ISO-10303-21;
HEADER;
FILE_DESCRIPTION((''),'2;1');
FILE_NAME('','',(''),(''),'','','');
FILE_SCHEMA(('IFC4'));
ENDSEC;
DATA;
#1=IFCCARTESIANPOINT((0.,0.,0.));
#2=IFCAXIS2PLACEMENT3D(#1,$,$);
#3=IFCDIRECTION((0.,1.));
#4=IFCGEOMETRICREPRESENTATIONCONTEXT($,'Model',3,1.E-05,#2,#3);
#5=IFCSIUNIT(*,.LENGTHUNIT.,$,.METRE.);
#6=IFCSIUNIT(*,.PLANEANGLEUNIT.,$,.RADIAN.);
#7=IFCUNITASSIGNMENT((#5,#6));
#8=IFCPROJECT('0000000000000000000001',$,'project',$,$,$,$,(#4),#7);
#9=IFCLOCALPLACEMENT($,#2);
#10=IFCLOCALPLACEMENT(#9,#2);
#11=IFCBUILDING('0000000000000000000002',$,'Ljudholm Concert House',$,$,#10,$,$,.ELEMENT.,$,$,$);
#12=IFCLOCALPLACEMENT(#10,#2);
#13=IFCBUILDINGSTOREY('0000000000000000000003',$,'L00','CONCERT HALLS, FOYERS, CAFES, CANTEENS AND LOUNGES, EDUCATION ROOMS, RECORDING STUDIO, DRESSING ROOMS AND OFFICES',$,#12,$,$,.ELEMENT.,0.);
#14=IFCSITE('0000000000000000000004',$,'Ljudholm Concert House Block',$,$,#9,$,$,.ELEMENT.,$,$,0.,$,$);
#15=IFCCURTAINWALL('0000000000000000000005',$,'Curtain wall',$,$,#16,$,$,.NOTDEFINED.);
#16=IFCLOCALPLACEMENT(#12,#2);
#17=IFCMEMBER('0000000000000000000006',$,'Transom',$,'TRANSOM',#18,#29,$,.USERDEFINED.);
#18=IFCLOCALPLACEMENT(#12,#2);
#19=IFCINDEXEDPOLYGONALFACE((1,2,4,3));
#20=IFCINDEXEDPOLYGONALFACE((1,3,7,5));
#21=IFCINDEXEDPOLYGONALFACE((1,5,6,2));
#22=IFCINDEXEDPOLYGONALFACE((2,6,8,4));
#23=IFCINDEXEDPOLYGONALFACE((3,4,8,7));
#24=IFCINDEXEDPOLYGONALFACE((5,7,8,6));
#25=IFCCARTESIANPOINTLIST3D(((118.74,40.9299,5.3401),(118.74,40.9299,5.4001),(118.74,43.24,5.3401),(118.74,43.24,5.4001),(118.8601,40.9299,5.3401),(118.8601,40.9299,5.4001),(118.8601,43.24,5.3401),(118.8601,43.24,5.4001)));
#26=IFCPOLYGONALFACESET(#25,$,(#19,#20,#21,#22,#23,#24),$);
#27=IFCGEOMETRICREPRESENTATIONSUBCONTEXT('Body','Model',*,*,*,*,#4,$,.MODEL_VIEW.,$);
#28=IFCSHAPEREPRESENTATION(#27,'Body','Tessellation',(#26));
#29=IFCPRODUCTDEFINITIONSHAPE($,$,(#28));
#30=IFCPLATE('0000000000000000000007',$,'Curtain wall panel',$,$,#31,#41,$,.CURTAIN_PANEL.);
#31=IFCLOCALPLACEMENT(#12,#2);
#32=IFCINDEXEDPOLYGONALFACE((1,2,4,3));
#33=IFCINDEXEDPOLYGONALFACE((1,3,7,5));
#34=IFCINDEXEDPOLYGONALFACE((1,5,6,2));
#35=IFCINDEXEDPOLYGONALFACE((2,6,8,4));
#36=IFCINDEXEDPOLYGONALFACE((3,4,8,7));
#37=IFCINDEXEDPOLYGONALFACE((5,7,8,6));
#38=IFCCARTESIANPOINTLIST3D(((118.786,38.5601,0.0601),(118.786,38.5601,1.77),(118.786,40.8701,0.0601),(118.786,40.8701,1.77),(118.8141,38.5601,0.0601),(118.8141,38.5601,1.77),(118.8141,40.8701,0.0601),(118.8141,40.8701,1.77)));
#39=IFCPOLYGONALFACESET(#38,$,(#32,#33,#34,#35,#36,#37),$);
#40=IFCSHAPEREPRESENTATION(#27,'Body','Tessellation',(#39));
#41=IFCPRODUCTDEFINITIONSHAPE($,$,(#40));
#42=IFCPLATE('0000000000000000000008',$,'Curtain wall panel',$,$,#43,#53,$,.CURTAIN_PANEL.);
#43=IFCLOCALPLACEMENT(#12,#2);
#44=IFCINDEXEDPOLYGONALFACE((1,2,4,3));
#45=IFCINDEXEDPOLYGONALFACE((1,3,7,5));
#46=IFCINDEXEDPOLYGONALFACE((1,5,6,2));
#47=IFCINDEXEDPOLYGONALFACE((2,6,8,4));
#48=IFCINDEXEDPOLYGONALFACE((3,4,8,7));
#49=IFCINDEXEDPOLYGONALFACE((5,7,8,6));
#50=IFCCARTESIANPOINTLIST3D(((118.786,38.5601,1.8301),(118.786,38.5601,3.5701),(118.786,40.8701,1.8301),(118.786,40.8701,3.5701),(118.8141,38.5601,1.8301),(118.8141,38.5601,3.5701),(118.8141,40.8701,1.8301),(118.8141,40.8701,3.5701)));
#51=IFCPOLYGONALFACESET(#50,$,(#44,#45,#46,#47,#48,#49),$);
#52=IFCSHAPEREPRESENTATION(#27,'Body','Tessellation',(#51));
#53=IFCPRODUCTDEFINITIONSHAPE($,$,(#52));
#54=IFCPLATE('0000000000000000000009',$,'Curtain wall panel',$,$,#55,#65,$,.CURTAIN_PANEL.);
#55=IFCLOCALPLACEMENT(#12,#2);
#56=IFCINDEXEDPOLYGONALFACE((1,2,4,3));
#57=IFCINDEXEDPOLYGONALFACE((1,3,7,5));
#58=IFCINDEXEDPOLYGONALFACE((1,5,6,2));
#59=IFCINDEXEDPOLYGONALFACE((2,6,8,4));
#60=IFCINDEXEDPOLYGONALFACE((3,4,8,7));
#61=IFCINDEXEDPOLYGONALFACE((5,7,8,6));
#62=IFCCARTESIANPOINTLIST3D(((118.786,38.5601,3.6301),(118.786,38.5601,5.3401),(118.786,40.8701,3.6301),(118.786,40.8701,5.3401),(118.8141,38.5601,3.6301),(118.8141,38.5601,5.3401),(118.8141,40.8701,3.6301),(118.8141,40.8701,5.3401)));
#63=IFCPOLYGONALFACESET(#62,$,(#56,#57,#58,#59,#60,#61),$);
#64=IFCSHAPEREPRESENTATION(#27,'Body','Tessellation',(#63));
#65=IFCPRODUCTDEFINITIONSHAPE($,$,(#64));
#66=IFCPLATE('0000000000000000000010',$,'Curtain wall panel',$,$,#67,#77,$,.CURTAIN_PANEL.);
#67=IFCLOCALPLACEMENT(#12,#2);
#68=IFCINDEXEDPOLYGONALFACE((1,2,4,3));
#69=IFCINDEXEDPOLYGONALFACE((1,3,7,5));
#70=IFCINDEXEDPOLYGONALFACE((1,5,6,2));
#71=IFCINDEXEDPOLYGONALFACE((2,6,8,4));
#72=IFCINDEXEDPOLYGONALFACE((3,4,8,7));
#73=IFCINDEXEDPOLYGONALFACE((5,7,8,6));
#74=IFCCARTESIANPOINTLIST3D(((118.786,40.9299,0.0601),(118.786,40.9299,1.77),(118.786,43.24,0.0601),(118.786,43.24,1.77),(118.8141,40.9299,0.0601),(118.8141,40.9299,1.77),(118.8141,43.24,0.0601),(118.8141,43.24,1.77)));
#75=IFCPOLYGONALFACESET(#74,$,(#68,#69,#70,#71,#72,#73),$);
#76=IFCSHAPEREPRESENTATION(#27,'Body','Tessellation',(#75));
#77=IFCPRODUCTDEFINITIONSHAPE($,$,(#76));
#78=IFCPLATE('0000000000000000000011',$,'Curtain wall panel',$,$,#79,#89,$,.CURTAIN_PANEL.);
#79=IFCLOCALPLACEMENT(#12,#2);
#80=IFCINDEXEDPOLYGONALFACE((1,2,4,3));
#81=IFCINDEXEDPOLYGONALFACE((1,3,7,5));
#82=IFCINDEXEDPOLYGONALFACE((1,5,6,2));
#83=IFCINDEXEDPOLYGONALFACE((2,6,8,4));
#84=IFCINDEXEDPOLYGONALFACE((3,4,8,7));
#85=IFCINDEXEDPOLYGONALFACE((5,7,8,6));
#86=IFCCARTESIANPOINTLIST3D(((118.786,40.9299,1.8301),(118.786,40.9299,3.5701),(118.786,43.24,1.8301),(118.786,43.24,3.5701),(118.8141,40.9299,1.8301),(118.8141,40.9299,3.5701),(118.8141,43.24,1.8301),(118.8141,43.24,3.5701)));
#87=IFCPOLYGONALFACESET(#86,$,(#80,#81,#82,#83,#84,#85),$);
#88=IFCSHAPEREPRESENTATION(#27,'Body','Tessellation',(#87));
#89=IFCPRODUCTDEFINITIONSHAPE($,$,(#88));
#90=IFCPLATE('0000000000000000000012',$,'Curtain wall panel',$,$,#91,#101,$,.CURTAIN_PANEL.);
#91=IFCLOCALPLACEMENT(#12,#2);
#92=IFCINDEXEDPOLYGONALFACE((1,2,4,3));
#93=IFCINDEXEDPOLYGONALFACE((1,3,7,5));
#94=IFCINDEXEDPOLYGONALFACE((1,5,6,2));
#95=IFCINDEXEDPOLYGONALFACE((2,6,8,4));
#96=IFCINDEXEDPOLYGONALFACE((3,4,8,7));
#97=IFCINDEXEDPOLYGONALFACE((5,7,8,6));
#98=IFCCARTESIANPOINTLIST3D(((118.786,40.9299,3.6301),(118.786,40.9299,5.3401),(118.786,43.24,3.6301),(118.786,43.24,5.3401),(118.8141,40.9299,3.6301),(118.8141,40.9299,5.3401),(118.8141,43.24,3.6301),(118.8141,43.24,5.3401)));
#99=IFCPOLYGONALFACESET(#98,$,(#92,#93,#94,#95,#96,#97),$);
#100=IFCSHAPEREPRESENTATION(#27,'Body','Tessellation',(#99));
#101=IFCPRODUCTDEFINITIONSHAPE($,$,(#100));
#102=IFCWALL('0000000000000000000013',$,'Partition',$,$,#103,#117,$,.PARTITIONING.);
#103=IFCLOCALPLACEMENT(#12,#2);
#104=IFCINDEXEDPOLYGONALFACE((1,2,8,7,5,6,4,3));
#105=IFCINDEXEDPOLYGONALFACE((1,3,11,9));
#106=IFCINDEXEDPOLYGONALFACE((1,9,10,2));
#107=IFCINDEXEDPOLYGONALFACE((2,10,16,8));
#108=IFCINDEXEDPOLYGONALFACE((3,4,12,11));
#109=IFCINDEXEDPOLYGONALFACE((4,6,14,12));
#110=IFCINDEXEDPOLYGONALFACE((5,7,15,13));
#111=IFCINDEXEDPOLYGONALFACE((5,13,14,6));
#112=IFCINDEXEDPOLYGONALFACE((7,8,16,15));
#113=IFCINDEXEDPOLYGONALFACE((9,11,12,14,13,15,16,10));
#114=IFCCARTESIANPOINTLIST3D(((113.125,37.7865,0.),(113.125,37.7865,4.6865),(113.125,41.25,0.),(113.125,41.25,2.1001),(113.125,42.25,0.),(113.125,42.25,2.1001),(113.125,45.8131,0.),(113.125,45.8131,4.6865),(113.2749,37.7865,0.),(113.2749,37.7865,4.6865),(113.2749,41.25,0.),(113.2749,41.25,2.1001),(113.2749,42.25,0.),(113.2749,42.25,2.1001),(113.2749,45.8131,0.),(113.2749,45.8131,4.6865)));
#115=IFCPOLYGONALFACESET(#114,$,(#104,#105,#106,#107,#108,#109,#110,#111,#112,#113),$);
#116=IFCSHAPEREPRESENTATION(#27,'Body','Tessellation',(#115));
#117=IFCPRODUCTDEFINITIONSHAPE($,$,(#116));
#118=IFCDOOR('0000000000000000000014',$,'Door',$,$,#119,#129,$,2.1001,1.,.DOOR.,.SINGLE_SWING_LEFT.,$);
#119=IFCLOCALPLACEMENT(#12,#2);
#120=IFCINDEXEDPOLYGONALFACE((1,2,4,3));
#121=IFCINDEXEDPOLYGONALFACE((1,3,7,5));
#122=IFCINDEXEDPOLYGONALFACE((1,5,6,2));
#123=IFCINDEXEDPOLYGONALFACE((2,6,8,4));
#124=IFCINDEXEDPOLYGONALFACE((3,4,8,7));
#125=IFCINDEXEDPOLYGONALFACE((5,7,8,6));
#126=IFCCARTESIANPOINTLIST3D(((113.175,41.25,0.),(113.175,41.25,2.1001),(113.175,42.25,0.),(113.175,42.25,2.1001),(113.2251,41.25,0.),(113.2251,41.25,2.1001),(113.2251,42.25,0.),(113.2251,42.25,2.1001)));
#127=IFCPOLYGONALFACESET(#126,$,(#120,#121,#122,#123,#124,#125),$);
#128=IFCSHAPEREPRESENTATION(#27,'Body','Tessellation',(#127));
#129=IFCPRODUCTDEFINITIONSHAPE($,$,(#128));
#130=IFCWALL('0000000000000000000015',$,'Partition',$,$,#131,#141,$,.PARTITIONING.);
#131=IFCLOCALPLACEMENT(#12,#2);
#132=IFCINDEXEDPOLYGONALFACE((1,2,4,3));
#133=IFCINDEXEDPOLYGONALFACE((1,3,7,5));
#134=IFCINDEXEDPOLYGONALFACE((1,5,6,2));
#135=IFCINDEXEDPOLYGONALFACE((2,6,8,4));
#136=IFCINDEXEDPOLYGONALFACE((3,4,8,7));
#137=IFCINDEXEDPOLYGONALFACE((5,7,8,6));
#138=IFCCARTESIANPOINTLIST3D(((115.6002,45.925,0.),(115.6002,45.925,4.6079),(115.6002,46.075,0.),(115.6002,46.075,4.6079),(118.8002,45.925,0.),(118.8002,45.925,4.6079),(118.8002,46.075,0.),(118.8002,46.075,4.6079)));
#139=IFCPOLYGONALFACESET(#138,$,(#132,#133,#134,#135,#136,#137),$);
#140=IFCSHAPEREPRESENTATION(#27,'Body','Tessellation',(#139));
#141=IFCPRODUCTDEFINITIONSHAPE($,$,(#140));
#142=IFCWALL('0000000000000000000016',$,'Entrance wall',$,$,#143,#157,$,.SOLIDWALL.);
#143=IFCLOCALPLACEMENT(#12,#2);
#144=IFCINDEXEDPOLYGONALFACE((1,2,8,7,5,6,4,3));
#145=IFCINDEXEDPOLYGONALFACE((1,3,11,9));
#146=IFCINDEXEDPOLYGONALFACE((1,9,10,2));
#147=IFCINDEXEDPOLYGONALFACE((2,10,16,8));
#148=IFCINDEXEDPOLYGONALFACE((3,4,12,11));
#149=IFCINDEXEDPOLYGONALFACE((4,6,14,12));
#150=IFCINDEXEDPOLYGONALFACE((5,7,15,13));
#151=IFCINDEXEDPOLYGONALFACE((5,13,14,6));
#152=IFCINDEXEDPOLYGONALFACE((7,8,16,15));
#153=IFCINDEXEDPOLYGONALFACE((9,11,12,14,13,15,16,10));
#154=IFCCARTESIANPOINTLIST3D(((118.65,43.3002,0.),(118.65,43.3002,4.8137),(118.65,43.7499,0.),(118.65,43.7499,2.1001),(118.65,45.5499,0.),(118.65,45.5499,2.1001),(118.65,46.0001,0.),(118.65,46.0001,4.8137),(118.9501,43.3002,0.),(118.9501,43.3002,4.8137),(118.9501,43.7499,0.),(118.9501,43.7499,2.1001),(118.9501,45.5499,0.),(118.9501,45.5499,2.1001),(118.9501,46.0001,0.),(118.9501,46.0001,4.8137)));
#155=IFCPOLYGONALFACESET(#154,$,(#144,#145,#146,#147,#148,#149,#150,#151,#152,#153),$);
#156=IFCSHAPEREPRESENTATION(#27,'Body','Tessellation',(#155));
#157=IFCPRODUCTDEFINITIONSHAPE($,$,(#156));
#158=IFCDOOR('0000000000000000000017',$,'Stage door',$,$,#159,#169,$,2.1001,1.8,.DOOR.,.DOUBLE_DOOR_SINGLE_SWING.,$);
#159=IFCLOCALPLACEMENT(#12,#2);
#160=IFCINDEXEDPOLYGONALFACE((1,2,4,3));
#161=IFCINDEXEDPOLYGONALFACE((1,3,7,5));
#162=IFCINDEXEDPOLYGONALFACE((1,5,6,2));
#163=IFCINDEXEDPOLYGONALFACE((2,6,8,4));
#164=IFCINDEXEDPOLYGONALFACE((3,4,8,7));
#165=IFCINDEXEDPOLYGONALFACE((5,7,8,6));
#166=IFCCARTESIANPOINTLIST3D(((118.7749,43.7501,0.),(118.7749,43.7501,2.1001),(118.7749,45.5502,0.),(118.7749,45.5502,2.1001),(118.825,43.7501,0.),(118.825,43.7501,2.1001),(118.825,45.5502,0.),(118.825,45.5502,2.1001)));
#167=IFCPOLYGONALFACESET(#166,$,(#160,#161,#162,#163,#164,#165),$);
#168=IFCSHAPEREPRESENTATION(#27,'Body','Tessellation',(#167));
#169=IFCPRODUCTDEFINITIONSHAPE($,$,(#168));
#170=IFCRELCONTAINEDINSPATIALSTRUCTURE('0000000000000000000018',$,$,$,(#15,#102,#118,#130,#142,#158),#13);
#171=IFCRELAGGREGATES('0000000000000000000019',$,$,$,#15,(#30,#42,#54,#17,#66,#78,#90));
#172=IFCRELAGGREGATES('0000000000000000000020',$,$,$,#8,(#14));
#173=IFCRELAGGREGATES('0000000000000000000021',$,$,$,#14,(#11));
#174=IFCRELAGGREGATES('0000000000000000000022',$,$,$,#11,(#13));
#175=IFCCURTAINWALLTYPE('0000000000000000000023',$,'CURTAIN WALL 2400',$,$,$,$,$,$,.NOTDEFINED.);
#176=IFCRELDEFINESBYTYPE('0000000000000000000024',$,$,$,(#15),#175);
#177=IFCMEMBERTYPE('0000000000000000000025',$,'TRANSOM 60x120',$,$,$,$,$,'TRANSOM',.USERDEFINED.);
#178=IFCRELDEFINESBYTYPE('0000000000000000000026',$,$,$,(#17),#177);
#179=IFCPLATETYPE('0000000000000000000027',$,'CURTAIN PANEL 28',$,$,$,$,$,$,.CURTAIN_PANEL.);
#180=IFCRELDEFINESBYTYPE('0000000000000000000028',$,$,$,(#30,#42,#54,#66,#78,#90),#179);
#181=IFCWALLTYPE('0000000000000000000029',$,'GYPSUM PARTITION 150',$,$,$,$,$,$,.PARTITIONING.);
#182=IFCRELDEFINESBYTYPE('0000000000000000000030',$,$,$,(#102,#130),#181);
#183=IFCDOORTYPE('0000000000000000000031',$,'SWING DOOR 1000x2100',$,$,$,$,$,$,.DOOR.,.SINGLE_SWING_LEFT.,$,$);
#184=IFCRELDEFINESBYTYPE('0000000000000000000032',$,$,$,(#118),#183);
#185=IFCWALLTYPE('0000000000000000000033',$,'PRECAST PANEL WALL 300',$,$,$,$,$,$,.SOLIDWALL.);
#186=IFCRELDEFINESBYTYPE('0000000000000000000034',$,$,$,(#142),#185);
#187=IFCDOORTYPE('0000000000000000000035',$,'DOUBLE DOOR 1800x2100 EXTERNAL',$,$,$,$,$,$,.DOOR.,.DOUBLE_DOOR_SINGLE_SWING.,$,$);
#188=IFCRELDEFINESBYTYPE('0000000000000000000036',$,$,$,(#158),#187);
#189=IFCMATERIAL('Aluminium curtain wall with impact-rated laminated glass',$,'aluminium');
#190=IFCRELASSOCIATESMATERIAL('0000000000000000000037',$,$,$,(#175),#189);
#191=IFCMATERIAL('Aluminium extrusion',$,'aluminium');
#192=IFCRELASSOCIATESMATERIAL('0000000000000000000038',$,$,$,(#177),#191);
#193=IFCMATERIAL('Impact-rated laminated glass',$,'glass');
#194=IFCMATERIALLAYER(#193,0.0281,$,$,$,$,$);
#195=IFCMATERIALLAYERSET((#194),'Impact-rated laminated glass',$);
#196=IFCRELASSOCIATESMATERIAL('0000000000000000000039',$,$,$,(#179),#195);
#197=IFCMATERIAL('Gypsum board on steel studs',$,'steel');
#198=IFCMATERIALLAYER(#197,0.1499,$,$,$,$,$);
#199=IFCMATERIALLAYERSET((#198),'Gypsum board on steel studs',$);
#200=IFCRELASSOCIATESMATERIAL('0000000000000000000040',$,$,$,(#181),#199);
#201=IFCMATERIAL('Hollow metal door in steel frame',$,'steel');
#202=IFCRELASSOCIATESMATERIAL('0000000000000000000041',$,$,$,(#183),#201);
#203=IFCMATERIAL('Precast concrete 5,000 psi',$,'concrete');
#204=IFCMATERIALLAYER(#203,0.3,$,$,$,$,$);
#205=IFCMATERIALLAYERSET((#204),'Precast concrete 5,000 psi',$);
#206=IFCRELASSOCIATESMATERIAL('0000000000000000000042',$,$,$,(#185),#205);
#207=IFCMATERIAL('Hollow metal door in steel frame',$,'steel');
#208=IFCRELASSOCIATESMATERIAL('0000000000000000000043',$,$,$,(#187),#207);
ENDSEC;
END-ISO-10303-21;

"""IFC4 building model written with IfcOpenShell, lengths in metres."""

from ifc_helpers import new_model, si_unit, direction, frame, frame_2d, origin, origin_2d, place, context, subcontext, project, spatial, rectangle, extrude, material, layer, layer_set, material_profile, profile_set, type_object, element, fill, aggregate, save


model = new_model("IFC4")

# Units and contexts
model_context = context("Model", 3, precision=1e-05, world=origin(), true_north=direction((0.0, 1.0)))
body_context = subcontext(model_context, "Body", "Model", "MODEL_VIEW")
ifc_project = project(units=[si_unit("LENGTHUNIT", "METRE"), si_unit("PLANEANGLEUNIT", "RADIAN")], contexts=[model_context])

# Site, building, storey
site_placement = place(None, origin())
site = spatial("IfcSite", under=ifc_project, at=site_placement, Name="Ljudholm Concert House Block", CompositionType="ELEMENT", RefElevation=0.0)
building_placement = place(site_placement, origin())
building = spatial("IfcBuilding", under=site, at=building_placement, Name="Ljudholm Concert House", CompositionType="ELEMENT")
storey_placement = place(building_placement, origin())
storey = spatial("IfcBuildingStorey", under=building, at=storey_placement, Name="L00", Description="CONCERT HALLS, FOYERS, CAFES, CANTEENS AND LOUNGES, EDUCATION ROOMS, RECORDING STUDIO, DRESSING ROOMS AND OFFICES", CompositionType="ELEMENT", Elevation=0.0)

# Curtain wall
ifc_material_1 = material(Name="Aluminium curtain wall with impact-rated laminated glass", Category="aluminium")
curtain_wall_type = type_object("IfcCurtainWallType", Name="CURTAIN WALL 2400", PredefinedType="NOTDEFINED", material=ifc_material_1)
curtain_wall_placement = place(storey_placement, origin())
curtain_wall = element("IfcCurtainWall", 1, at=curtain_wall_placement, inside=storey, type_object=curtain_wall_type, Name="Curtain wall", PredefinedType="NOTDEFINED")

# Member
ifc_material_2 = material(Name="Aluminium extrusion", Category="aluminium")
ifc_material_profile_1 = material_profile(ifc_material_2, rectangle(XDim=0.1201, YDim=0.0601, at=origin_2d()), Name="TRANSOM 60x120")
ifc_profile_set_1 = profile_set([ifc_material_profile_1], Name="Aluminium extrusion")
member_type_1 = type_object("IfcMemberType", Name="TRANSOM 60x120", ElementType="TRANSOM", PredefinedType="USERDEFINED", material=ifc_profile_set_1)
member_1_placement = place(storey_placement, frame((118.8, 40.9299, 5.3701), z_axis=(0.0, 1.0, 0.0), x_axis=(-1.0, 0.0, 0.0)))
member_1 = element("IfcMember", 2, at=member_1_placement, type_object=member_type_1, Name="Transom", ObjectType="TRANSOM", PredefinedType="USERDEFINED", context=body_context, shape_type="SweptSolid", body=[
    extrude(rectangle(XDim=0.1201, YDim=0.0601, at=origin_2d()), origin(), (0.0, 0.0, 1.0), 2.3101),
])

# Plates
ifc_material_3 = material(Name="Impact-rated laminated glass", Category="glass")
ifc_layer_1 = layer(ifc_material_3, 0.0281)
ifc_layer_set_1 = layer_set([ifc_layer_1], Name="Impact-rated laminated glass")
plate_type = type_object("IfcPlateType", Name="CURTAIN PANEL 28", PredefinedType="CURTAIN_PANEL", material=ifc_layer_set_1)
plate_1_placement = place(storey_placement, frame((118.8, 39.7151, 0.0601), z_axis=(0.0, 0.0, 1.0), x_axis=(0.0, 1.0, 0.0)))
plate_1 = element("IfcPlate", 3, at=plate_1_placement, type_object=plate_type, Name="Curtain wall panel", PredefinedType="CURTAIN_PANEL", context=body_context, shape_type="SweptSolid", body=[
    extrude(rectangle(XDim=2.3101, YDim=0.0281, at=origin_2d()), origin(), (0.0, 0.0, 1.0), 1.71),
])
plate_2_placement = place(storey_placement, frame((118.8, 39.7151, 1.8301), z_axis=(0.0, 0.0, 1.0), x_axis=(0.0, 1.0, 0.0)))
plate_2 = element("IfcPlate", 4, at=plate_2_placement, type_object=plate_type, Name="Curtain wall panel", PredefinedType="CURTAIN_PANEL", context=body_context, shape_type="SweptSolid", body=[
    extrude(rectangle(XDim=2.3101, YDim=0.0281, at=origin_2d()), origin(), (0.0, 0.0, 1.0), 1.74),
])
plate_3_placement = place(storey_placement, frame((118.8, 39.7151, 3.6301), z_axis=(0.0, 0.0, 1.0), x_axis=(0.0, 1.0, 0.0)))
plate_3 = element("IfcPlate", 5, at=plate_3_placement, type_object=plate_type, Name="Curtain wall panel", PredefinedType="CURTAIN_PANEL", context=body_context, shape_type="SweptSolid", body=[
    extrude(rectangle(XDim=2.3101, YDim=0.0281, at=origin_2d()), origin(), (0.0, 0.0, 1.0), 1.71),
])
plate_4_placement = place(storey_placement, frame((118.8, 42.085, 0.0601), z_axis=(0.0, 0.0, 1.0), x_axis=(0.0, 1.0, 0.0)))
plate_4 = element("IfcPlate", 6, at=plate_4_placement, type_object=plate_type, Name="Curtain wall panel", PredefinedType="CURTAIN_PANEL", context=body_context, shape_type="SweptSolid", body=[
    extrude(rectangle(XDim=2.3101, YDim=0.0281, at=origin_2d()), origin(), (0.0, 0.0, 1.0), 1.71),
])
plate_5_placement = place(storey_placement, frame((118.8, 42.085, 1.8301), z_axis=(0.0, 0.0, 1.0), x_axis=(0.0, 1.0, 0.0)))
plate_5 = element("IfcPlate", 7, at=plate_5_placement, type_object=plate_type, Name="Curtain wall panel", PredefinedType="CURTAIN_PANEL", context=body_context, shape_type="SweptSolid", body=[
    extrude(rectangle(XDim=2.3101, YDim=0.0281, at=origin_2d()), origin(), (0.0, 0.0, 1.0), 1.74),
])
plate_6_placement = place(storey_placement, frame((118.8, 42.085, 3.6301), z_axis=(0.0, 0.0, 1.0), x_axis=(0.0, 1.0, 0.0)))
plate_6 = element("IfcPlate", 8, at=plate_6_placement, type_object=plate_type, Name="Curtain wall panel", PredefinedType="CURTAIN_PANEL", context=body_context, shape_type="SweptSolid", body=[
    extrude(rectangle(XDim=2.3101, YDim=0.0281, at=origin_2d()), origin(), (0.0, 0.0, 1.0), 1.71),
])
aggregate(curtain_wall, [plate_1, plate_2, plate_3, member_1, plate_4, plate_5, plate_6])

# Wall, opening, door
ifc_material_4 = material(Name="Gypsum board on steel studs", Category="steel")
ifc_layer_2 = layer(ifc_material_4, 0.1499)
ifc_layer_set_2 = layer_set([ifc_layer_2], Name="Gypsum board on steel studs")
wall_type_1 = type_object("IfcWallType", Name="GYPSUM PARTITION 150", PredefinedType="PARTITIONING", material=ifc_layer_set_2)
wall_1_placement = place(storey_placement, frame((113.2, 37.7866, 0.0), z_axis=(0.0, 0.0, 1.0), x_axis=(0.0, 1.0, 0.0)))
wall_1 = element("IfcWall", 9, at=wall_1_placement, inside=storey, type_object=wall_type_1, Name="Partition", PredefinedType="PARTITIONING", context=body_context, shape_type="SweptSolid", body=[
    extrude(rectangle(XDim=8.0266, YDim=0.1499, at=frame_2d((4.0132, 0.0))), origin(), (0.0, 0.0, 1.0), 4.6865),
])
opening_1_placement = place(wall_1_placement, frame((3.4634, 0.0, 0.0)))
opening_1 = element("IfcOpeningElement", 10, at=opening_1_placement, cuts=wall_1, PredefinedType="OPENING", context=body_context, shape_type="SweptSolid", body=[
    extrude(rectangle(XDim=1.0, YDim=2.1001, at=frame_2d((0.5, 1.05))), frame((0.0, 0.085, 0.0), z_axis=(0.0, -1.0, 0.0), x_axis=(1.0, 0.0, 0.0)), (0.0, 0.0, 1.0), 0.1699),
])
ifc_material_5 = material(Name="Hollow metal door in steel frame", Category="steel")
door_type_1 = type_object("IfcDoorType", Name="SWING DOOR 1000x2100", OperationType="SINGLE_SWING_LEFT", PredefinedType="DOOR", material=ifc_material_5)
door_1_placement = place(opening_1_placement, origin())
door_1 = element("IfcDoor", 11, at=door_1_placement, inside=storey, type_object=door_type_1, Name="Door", OperationType="SINGLE_SWING_LEFT", OverallHeight=2.1001, OverallWidth=1.0, PredefinedType="DOOR", context=body_context, shape_type="SweptSolid", body=[
    extrude(rectangle(XDim=1.0, YDim=2.1001, at=frame_2d((0.5, 1.05))), frame((0.0, 0.0249, 0.0), z_axis=(0.0, -1.0, 0.0), x_axis=(1.0, 0.0, 0.0)), (0.0, 0.0, 1.0), 0.05),
])
fill(opening_1, door_1)

# Wall
wall_2_placement = place(storey_placement, frame((115.6001, 46.0, 0.0), z_axis=(0.0, 0.0, 1.0), x_axis=(1.0, 0.0, 0.0)))
element("IfcWall", 12, at=wall_2_placement, inside=storey, type_object=wall_type_1, Name="Partition", PredefinedType="PARTITIONING", context=body_context, shape_type="SweptSolid", body=[
    extrude(rectangle(XDim=3.2, YDim=0.1499, at=frame_2d((1.6001, 0.0))), origin(), (0.0, 0.0, 1.0), 4.6079),
])

# Wall, opening, door
ifc_material_6 = material(Name="Precast concrete 5,000 psi", Category="concrete")
ifc_layer_3 = layer(ifc_material_6, 0.3)
ifc_layer_set_3 = layer_set([ifc_layer_3], Name="Precast concrete 5,000 psi")
wall_type_2 = type_object("IfcWallType", Name="PRECAST PANEL WALL 300", PredefinedType="SOLIDWALL", material=ifc_layer_set_3)
wall_3_placement = place(storey_placement, frame((118.8, 43.3, 0.0), z_axis=(0.0, 0.0, 1.0), x_axis=(0.0, 1.0, 0.0)))
wall_3 = element("IfcWall", 13, at=wall_3_placement, inside=storey, type_object=wall_type_2, Name="Entrance wall", PredefinedType="SOLIDWALL", context=body_context, shape_type="SweptSolid", body=[
    extrude(rectangle(XDim=2.7, YDim=0.3, at=frame_2d((1.3501, 0.0))), origin(), (0.0, 0.0, 1.0), 4.8137),
])
opening_2_placement = place(wall_3_placement, frame((0.45, 0.0, 0.0)))
opening_2 = element("IfcOpeningElement", 14, at=opening_2_placement, cuts=wall_3, PredefinedType="OPENING", context=body_context, shape_type="SweptSolid", body=[
    extrude(rectangle(XDim=1.8, YDim=2.1001, at=frame_2d((0.8999, 1.05))), frame((0.0, 0.1599, 0.0), z_axis=(0.0, -1.0, 0.0), x_axis=(1.0, 0.0, 0.0)), (0.0, 0.0, 1.0), 0.3201),
])
ifc_material_7 = material(Name="Hollow metal door in steel frame", Category="steel")
door_type_2 = type_object("IfcDoorType", Name="DOUBLE DOOR 1800x2100 EXTERNAL", OperationType="DOUBLE_DOOR_SINGLE_SWING", PredefinedType="DOOR", material=ifc_material_7)
door_2_placement = place(opening_2_placement, frame((1.8, 0.0, 0.0), z_axis=(0.0, 0.0, 1.0), x_axis=(-1.0, 0.0, 0.0)))
door_2 = element("IfcDoor", 15, at=door_2_placement, inside=storey, type_object=door_type_2, Name="Stage door", OperationType="DOUBLE_DOOR_SINGLE_SWING", OverallHeight=2.1001, OverallWidth=1.8, PredefinedType="DOOR", context=body_context, shape_type="SweptSolid", body=[
    extrude(rectangle(XDim=1.8, YDim=2.1001, at=frame_2d((0.8999, 1.05))), frame((0.0, 0.0249, 0.0), z_axis=(0.0, -1.0, 0.0), x_axis=(1.0, 0.0, 0.0)), (0.0, 0.0, 1.0), 0.05),
])
fill(opening_2, door_2)

save(model, "model.ifc")
